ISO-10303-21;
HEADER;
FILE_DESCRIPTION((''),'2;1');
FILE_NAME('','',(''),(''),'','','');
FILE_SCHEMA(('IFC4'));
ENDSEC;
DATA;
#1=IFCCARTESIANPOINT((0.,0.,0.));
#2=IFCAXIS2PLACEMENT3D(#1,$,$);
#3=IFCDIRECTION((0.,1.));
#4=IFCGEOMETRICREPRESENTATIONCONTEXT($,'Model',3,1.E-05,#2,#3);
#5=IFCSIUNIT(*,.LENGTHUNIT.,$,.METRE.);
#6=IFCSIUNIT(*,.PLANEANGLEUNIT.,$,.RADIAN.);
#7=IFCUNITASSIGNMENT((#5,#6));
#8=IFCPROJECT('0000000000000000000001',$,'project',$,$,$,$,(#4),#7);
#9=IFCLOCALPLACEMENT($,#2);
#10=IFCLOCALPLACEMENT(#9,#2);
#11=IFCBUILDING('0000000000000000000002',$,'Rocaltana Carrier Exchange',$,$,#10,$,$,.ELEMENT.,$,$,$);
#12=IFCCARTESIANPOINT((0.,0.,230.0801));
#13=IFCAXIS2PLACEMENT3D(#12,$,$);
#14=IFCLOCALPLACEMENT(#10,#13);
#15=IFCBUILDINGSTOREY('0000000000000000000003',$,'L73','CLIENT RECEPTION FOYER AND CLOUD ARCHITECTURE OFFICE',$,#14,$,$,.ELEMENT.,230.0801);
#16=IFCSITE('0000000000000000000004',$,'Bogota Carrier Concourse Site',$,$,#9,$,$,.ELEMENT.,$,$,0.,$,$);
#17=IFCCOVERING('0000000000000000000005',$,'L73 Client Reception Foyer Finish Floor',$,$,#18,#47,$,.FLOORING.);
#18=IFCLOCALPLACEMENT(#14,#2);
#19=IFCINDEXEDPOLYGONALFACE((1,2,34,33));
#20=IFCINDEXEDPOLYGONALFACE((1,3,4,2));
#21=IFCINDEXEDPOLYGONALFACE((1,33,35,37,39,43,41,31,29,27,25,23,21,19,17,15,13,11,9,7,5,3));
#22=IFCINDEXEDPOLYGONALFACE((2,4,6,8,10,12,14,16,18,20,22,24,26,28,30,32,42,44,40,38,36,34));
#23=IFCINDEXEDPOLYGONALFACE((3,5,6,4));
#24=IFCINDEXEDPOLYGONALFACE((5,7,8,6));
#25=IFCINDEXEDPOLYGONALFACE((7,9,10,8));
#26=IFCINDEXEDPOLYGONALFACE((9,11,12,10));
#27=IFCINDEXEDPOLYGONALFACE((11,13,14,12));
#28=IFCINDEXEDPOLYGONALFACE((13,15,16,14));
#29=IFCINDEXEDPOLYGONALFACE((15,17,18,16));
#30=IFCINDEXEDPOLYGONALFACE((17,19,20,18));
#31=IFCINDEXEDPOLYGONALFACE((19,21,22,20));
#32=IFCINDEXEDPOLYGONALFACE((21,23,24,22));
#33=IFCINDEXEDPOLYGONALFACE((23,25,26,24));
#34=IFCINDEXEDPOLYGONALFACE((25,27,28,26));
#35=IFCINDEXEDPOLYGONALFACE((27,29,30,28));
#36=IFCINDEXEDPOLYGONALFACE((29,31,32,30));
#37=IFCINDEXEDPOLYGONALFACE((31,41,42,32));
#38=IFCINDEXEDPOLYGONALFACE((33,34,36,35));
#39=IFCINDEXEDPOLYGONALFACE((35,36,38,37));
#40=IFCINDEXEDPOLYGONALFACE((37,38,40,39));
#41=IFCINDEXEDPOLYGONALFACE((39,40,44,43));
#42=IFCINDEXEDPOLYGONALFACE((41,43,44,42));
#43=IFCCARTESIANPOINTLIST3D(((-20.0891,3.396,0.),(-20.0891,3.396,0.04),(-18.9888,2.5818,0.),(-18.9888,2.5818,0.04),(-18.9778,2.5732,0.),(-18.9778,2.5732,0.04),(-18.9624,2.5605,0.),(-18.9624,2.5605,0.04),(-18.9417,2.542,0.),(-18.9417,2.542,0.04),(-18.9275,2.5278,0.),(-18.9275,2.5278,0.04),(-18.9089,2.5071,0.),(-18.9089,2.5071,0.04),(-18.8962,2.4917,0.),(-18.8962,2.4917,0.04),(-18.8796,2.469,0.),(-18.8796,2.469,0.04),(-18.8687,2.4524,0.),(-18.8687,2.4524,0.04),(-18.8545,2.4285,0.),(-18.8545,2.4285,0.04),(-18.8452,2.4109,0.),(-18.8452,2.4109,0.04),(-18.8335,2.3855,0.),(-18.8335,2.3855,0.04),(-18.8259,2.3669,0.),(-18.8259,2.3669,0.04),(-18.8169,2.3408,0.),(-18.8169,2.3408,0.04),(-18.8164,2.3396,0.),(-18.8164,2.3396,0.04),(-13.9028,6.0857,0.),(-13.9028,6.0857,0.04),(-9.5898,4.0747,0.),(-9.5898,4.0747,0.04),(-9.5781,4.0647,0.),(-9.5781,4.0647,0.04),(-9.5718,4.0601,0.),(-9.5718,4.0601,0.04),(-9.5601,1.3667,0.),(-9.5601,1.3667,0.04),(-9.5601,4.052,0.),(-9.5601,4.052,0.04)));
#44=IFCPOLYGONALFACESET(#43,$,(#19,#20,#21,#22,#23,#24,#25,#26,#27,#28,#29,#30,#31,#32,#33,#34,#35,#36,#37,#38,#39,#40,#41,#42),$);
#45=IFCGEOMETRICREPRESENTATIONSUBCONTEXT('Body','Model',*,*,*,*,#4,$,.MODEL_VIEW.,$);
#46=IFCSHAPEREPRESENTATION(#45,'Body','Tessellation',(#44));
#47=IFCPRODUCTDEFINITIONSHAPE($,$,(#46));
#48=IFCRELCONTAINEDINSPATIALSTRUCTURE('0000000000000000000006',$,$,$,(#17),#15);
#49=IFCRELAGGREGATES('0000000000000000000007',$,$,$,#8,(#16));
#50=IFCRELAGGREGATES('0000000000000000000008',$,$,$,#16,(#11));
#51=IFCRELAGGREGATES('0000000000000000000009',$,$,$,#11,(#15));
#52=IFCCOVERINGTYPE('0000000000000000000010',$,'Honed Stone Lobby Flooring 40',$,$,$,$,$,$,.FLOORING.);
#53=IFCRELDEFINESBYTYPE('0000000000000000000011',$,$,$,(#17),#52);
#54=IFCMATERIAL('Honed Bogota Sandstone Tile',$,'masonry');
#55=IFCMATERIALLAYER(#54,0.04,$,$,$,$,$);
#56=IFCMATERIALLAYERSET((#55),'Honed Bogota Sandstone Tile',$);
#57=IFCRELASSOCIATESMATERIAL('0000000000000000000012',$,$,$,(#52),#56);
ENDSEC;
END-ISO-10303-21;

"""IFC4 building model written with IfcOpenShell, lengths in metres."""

from ifc_helpers import new_model, si_unit, direction, frame, origin, place, context, subcontext, project, spatial, polyline, outline, extrude, material, layer, layer_set, type_object, element, save


model = new_model("IFC4")

# Units and contexts
model_context = context("Model", 3, precision=1e-05, world=origin(), true_north=direction((0.0, 1.0)))
body_context = subcontext(model_context, "Body", "Model", "MODEL_VIEW")
ifc_project = project(units=[si_unit("LENGTHUNIT", "METRE"), si_unit("PLANEANGLEUNIT", "RADIAN")], contexts=[model_context])

# Site, building, storey
site_placement = place(None, origin())
site = spatial("IfcSite", under=ifc_project, at=site_placement, Name="Bogota Carrier Concourse Site", CompositionType="ELEMENT", RefElevation=0.0)
building_placement = place(site_placement, origin())
building = spatial("IfcBuilding", under=site, at=building_placement, Name="Rocaltana Carrier Exchange", CompositionType="ELEMENT")
storey_placement = place(building_placement, frame((0.0, 0.0, 230.0801)))
storey = spatial("IfcBuildingStorey", under=building, at=storey_placement, Name="L73", Description="CLIENT RECEPTION FOYER AND CLOUD ARCHITECTURE OFFICE", CompositionType="ELEMENT", Elevation=230.0801)

# Covering
ifc_material_1 = material(Name="Honed Bogota Sandstone Tile", Category="masonry")
ifc_layer_1 = layer(ifc_material_1, 0.04)
ifc_layer_set_1 = layer_set([ifc_layer_1], Name="Honed Bogota Sandstone Tile")
covering_type_1 = type_object("IfcCoveringType", Name="Honed Stone Lobby Flooring 40", PredefinedType="FLOORING", material=ifc_layer_set_1)
covering_1_placement = place(storey_placement, origin())
element("IfcCovering", 1, at=covering_1_placement, inside=storey, type_object=covering_type_1, Name="L73 Client Reception Foyer Finish Floor", PredefinedType="FLOORING", context=body_context, shape_type="SweptSolid", body=[
    extrude(outline(polyline([(-18.8164, 2.3396), (-18.8169, 2.3408), (-18.8259, 2.3669), (-18.8335, 2.3855), (-18.8452, 2.4109), (-18.8545, 2.4285), (-18.8687, 2.4524), (-18.8796, 2.469), (-18.8962, 2.4917), (-18.9089, 2.5071), (-18.9275, 2.5278), (-18.9417, 2.542), (-18.9624, 2.5605), (-18.9778, 2.5732), (-18.9888, 2.5818), (-20.0891, 3.396), (-13.9028, 6.0857), (-9.5898, 4.0747), (-9.5781, 4.0647), (-9.5718, 4.0601), (-9.5601, 4.052), (-9.5601, 1.3667), (-18.8164, 2.3396)])), origin(), (0.0, 0.0, 1.0), 0.04),
])

save(model, "model.ifc")
